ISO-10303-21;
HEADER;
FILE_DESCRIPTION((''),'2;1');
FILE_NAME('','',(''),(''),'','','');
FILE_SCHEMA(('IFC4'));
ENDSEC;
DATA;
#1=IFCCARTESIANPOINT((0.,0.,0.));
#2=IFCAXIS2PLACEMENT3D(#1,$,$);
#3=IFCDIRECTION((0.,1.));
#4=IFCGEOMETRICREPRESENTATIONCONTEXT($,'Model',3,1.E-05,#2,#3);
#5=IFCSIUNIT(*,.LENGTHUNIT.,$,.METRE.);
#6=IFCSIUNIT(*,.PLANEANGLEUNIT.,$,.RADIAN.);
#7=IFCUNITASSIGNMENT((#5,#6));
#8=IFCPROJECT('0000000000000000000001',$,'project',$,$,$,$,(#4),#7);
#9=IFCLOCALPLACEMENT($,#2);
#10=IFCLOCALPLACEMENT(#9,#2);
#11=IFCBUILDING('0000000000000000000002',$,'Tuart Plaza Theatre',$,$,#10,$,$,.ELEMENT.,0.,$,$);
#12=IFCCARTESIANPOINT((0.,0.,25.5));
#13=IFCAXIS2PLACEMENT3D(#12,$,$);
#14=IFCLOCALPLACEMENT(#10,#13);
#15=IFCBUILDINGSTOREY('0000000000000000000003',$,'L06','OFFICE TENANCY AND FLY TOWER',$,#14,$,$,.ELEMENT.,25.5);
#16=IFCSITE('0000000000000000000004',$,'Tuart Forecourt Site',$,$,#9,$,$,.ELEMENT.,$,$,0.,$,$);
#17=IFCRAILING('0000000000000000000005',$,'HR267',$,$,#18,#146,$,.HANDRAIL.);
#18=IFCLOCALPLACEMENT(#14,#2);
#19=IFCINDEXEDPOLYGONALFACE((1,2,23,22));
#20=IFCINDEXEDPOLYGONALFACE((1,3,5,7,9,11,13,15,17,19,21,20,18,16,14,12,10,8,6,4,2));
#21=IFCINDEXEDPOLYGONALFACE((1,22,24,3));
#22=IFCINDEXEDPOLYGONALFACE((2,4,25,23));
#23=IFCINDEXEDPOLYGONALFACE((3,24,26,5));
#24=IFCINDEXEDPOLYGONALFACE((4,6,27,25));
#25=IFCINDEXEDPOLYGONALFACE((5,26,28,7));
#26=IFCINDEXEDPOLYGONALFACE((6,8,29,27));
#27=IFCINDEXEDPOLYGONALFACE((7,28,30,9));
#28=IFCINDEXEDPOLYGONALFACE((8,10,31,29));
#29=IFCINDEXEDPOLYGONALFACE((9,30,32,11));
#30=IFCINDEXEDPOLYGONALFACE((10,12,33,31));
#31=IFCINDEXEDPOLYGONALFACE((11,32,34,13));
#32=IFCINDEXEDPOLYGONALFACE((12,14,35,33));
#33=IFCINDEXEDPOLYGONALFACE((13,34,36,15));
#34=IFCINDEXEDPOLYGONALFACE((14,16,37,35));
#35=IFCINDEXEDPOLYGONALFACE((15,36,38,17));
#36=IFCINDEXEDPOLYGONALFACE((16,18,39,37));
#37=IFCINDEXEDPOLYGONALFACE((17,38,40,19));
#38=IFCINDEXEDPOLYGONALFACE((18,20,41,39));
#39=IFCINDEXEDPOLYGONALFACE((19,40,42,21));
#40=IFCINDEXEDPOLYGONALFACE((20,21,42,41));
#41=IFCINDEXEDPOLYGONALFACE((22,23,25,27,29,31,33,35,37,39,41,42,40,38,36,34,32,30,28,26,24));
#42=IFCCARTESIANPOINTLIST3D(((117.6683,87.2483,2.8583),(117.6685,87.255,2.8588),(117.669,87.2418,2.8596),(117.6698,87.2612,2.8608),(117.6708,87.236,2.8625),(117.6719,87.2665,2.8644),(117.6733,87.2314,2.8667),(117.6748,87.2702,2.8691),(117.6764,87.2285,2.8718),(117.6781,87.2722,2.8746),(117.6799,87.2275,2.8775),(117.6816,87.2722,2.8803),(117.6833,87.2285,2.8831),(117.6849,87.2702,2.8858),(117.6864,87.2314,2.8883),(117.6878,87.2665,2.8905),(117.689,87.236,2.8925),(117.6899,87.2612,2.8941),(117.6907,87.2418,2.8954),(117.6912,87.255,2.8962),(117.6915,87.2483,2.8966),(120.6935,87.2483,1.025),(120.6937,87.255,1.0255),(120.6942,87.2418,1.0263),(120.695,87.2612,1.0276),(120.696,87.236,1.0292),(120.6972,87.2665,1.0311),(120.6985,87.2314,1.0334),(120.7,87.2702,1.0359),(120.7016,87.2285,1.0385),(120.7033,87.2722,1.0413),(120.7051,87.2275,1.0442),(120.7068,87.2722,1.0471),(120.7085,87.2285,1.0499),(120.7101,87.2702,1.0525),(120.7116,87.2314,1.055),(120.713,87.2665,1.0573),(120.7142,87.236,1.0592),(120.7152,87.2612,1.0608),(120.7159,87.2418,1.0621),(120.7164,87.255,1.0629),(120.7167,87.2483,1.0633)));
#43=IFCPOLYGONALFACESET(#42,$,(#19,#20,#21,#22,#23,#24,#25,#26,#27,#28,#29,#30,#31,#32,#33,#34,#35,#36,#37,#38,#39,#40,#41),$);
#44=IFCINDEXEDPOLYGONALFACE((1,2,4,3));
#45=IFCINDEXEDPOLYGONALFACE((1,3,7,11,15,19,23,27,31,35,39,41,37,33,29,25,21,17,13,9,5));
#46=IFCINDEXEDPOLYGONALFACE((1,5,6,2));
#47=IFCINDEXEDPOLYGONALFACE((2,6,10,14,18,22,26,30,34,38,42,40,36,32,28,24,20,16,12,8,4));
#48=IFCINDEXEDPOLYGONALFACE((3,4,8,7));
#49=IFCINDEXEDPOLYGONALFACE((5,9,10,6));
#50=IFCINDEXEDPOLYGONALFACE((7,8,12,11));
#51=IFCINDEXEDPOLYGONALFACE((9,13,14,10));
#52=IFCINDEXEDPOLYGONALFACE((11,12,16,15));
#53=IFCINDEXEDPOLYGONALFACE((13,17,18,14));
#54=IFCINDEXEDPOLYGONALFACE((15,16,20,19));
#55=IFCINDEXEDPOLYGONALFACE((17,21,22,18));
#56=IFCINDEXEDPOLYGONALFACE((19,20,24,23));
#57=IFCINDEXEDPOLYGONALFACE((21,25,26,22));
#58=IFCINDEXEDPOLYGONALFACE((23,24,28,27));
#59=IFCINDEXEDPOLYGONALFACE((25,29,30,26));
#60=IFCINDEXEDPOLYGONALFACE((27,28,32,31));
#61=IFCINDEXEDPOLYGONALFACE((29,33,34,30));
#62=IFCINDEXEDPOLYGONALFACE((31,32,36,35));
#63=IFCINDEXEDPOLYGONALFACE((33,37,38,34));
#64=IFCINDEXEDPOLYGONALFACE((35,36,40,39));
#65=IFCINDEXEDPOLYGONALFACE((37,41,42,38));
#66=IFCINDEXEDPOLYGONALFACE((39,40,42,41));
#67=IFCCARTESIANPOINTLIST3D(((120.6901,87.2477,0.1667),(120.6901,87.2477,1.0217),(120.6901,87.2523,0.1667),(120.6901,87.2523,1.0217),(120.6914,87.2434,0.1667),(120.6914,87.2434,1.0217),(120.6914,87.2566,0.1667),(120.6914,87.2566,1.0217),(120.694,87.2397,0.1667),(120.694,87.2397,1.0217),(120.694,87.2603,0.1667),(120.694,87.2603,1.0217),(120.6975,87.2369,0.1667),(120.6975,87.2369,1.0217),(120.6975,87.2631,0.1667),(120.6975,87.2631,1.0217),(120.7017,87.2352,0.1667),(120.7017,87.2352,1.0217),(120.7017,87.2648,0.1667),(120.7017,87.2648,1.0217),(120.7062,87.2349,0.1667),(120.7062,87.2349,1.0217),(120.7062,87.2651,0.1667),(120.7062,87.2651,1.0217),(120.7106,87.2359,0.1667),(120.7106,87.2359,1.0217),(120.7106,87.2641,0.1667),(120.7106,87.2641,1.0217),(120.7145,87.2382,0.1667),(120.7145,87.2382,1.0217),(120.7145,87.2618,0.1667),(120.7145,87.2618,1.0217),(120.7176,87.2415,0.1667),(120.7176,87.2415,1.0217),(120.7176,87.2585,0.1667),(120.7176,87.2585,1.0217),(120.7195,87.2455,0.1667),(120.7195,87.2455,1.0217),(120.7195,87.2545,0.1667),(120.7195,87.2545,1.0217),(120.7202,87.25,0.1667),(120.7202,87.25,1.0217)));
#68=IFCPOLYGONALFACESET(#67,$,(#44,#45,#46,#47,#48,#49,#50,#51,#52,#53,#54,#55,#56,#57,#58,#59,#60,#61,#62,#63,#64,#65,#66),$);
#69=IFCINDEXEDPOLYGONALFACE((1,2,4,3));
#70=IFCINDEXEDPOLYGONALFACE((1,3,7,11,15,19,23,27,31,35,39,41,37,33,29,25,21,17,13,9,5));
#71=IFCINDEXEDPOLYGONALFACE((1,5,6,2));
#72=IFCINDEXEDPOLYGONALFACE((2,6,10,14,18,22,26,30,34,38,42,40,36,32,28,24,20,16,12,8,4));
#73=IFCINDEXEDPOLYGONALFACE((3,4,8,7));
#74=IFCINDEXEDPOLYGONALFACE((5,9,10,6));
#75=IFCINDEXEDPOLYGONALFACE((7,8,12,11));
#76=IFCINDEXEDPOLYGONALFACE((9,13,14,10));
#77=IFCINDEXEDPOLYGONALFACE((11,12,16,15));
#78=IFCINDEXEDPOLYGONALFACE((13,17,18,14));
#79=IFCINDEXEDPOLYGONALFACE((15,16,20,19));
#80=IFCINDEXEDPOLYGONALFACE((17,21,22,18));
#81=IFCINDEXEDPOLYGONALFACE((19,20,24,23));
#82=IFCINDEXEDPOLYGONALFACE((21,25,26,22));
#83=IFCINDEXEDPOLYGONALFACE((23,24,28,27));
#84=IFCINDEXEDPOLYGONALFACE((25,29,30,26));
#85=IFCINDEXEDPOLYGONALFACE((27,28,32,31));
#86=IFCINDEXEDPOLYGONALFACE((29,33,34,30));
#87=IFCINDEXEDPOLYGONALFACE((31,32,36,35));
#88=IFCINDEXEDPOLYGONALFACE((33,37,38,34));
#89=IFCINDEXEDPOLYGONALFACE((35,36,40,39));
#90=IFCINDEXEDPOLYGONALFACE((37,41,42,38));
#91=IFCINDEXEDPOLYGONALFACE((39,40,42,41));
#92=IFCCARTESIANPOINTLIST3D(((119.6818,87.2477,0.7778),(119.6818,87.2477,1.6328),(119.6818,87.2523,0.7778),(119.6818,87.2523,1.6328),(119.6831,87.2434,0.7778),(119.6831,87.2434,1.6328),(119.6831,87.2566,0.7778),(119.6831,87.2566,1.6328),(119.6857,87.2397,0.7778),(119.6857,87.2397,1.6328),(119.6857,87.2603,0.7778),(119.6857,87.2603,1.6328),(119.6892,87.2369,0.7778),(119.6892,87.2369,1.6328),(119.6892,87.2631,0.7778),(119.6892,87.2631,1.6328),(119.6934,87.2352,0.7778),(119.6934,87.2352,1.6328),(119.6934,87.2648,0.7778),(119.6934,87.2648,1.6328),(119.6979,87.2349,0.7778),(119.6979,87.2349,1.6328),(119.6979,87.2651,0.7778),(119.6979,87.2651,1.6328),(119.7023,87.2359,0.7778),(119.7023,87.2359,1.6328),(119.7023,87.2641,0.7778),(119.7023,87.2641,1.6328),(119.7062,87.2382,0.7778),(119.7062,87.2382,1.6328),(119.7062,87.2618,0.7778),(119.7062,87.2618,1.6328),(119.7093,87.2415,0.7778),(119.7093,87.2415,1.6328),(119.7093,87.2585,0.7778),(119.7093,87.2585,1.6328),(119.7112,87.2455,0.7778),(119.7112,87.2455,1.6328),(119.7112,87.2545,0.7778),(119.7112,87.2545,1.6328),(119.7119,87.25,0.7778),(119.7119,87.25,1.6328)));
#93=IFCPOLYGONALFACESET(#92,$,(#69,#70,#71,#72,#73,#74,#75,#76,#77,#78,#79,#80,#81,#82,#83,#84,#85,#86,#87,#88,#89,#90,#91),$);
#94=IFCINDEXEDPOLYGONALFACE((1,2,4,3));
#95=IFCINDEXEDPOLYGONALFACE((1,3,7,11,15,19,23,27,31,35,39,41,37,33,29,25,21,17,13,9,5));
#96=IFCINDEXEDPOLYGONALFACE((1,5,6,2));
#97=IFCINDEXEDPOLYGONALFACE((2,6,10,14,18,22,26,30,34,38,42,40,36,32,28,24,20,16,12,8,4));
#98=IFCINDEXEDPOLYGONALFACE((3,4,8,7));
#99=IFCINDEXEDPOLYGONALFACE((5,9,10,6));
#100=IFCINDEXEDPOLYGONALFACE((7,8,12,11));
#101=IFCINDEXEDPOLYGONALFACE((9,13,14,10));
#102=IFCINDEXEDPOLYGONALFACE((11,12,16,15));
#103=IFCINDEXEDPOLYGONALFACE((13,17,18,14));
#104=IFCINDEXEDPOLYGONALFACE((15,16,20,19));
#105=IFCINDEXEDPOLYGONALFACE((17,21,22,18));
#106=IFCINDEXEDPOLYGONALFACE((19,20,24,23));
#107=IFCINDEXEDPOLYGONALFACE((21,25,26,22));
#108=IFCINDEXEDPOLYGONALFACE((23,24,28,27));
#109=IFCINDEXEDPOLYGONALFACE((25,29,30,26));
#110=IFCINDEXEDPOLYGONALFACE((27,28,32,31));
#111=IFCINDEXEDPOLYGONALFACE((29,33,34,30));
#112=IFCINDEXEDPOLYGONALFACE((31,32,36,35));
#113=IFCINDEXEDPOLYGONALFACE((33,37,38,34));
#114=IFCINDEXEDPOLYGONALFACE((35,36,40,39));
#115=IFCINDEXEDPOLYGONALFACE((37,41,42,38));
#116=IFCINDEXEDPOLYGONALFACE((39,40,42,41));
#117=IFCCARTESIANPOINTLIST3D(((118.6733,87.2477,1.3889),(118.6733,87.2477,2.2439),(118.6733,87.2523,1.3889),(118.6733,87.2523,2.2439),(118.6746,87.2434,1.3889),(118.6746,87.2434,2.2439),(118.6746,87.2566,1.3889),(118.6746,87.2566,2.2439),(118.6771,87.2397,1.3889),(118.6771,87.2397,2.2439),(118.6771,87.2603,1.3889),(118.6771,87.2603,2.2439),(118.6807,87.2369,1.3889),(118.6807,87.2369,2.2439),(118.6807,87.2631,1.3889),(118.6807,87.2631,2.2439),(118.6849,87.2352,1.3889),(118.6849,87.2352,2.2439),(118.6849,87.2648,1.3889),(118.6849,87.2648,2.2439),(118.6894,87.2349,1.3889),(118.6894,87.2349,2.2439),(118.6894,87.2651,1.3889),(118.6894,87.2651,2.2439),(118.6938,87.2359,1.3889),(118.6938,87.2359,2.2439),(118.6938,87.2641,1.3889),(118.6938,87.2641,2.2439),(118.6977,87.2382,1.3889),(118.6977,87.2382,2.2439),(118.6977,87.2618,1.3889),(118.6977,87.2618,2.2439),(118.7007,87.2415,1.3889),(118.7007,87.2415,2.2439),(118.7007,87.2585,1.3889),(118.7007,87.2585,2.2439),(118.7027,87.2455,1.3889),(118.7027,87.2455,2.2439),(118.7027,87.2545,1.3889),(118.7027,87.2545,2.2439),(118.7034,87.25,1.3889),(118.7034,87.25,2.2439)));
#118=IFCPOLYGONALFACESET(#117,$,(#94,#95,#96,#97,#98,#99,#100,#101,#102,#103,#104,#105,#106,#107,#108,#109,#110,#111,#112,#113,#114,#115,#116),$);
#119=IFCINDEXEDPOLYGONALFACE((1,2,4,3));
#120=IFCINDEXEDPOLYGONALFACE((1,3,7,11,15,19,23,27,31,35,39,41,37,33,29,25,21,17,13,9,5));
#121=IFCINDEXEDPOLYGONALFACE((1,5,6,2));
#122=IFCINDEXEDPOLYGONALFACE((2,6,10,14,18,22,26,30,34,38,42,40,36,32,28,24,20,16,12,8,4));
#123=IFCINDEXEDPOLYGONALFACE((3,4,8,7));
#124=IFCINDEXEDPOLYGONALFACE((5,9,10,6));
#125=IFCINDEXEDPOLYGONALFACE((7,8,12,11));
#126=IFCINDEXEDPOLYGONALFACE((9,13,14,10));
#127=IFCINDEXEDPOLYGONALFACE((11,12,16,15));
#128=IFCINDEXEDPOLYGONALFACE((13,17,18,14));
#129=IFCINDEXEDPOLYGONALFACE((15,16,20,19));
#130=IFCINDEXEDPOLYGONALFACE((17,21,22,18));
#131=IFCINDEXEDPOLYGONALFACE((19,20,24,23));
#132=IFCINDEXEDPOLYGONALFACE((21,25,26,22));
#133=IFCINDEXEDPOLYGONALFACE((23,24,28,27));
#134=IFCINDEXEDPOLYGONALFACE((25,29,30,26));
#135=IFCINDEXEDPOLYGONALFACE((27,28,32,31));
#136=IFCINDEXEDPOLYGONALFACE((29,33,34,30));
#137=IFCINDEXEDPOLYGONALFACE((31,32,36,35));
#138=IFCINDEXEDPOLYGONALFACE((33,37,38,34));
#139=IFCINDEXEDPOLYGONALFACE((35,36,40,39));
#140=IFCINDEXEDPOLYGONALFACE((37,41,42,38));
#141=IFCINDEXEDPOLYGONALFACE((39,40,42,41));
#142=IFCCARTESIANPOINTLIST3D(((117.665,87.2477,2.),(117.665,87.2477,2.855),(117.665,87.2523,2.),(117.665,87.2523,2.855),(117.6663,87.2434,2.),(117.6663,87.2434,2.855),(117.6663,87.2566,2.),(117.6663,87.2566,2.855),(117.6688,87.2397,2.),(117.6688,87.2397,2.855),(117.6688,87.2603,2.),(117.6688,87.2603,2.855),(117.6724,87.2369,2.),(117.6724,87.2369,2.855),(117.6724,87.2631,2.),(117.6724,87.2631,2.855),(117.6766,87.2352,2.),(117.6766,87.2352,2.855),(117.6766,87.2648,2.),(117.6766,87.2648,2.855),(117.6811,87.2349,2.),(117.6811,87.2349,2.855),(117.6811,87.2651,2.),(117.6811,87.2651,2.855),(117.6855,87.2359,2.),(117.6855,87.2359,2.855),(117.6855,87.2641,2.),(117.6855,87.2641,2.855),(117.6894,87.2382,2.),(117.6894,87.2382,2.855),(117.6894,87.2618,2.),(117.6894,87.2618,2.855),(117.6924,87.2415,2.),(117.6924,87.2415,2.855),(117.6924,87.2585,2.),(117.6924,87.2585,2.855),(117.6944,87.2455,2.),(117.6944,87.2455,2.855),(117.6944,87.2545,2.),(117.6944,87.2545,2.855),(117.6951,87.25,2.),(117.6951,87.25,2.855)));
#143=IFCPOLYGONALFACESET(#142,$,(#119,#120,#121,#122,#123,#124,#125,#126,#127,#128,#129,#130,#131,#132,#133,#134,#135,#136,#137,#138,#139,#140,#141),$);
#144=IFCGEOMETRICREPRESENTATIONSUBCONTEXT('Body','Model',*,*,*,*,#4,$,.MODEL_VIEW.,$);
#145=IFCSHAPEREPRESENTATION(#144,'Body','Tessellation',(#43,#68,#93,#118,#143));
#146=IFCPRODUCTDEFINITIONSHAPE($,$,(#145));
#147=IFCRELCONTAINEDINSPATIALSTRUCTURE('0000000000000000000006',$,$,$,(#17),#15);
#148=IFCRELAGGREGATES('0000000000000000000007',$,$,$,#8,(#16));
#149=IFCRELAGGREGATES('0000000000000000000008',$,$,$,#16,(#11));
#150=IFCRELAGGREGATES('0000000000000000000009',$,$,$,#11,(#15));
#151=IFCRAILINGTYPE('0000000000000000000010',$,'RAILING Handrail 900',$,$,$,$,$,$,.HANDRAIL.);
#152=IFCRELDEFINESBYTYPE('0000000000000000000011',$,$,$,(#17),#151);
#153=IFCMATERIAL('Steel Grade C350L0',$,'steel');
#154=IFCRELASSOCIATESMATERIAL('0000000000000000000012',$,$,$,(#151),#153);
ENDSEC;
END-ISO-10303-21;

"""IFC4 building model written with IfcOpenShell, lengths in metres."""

from ifc_helpers import new_model, si_unit, direction, frame, origin, origin_2d, place, context, subcontext, project, spatial, circle, extrude, material, type_object, element, save


model = new_model("IFC4")

# Units and contexts
model_context = context("Model", 3, precision=1e-05, world=origin(), true_north=direction((0.0, 1.0)))
body_context = subcontext(model_context, "Body", "Model", "MODEL_VIEW")
ifc_project = project(units=[si_unit("LENGTHUNIT", "METRE"), si_unit("PLANEANGLEUNIT", "RADIAN")], contexts=[model_context])

# Site, building, storey
site_placement = place(None, origin())
site = spatial("IfcSite", under=ifc_project, at=site_placement, Name="Tuart Forecourt Site", CompositionType="ELEMENT", RefElevation=0.0)
building_placement = place(site_placement, origin())
building = spatial("IfcBuilding", under=site, at=building_placement, Name="Tuart Plaza Theatre", CompositionType="ELEMENT", ElevationOfRefHeight=0.0)
storey_placement = place(building_placement, frame((0.0, 0.0, 25.5)))
storey = spatial("IfcBuildingStorey", under=building, at=storey_placement, Name="L06", Description="OFFICE TENANCY AND FLY TOWER", CompositionType="ELEMENT", Elevation=25.5)

# Railing
ifc_material_1 = material(Name="Steel Grade C350L0", Category="steel")
railing_type_1 = type_object("IfcRailingType", Name="RAILING Handrail 900", PredefinedType="HANDRAIL", material=ifc_material_1)
railing_1_placement = place(storey_placement, frame((120.7051, 87.25, 0.1667)))
element("IfcRailing", 1, at=railing_1_placement, inside=storey, type_object=railing_type_1, Name="HR267", PredefinedType="HANDRAIL", context=body_context, shape_type="SweptSolid", body=[
    extrude(circle(Radius=0.0225, at=origin_2d()), frame((0.0, 0.0, 0.8774), z_axis=(-0.855219, 0.0, 0.518267), x_axis=(0.0, -1.0, 0.0)), (0.0, 0.0, 1.0), 3.5374),
    extrude(circle(Radius=0.0151, at=origin_2d()), origin(), (0.0, 0.0, 1.0), 0.855),
    extrude(circle(Radius=0.0151, at=origin_2d()), frame((-1.0083, 0.0, 0.6111)), (0.0, 0.0, 1.0), 0.855),
    extrude(circle(Radius=0.0151, at=origin_2d()), frame((-2.0168, 0.0, 1.2222)), (0.0, 0.0, 1.0), 0.855),
    extrude(circle(Radius=0.0151, at=origin_2d()), frame((-3.0251, 0.0, 1.8333)), (0.0, 0.0, 1.0), 0.855),
])

save(model, "model.ifc")
